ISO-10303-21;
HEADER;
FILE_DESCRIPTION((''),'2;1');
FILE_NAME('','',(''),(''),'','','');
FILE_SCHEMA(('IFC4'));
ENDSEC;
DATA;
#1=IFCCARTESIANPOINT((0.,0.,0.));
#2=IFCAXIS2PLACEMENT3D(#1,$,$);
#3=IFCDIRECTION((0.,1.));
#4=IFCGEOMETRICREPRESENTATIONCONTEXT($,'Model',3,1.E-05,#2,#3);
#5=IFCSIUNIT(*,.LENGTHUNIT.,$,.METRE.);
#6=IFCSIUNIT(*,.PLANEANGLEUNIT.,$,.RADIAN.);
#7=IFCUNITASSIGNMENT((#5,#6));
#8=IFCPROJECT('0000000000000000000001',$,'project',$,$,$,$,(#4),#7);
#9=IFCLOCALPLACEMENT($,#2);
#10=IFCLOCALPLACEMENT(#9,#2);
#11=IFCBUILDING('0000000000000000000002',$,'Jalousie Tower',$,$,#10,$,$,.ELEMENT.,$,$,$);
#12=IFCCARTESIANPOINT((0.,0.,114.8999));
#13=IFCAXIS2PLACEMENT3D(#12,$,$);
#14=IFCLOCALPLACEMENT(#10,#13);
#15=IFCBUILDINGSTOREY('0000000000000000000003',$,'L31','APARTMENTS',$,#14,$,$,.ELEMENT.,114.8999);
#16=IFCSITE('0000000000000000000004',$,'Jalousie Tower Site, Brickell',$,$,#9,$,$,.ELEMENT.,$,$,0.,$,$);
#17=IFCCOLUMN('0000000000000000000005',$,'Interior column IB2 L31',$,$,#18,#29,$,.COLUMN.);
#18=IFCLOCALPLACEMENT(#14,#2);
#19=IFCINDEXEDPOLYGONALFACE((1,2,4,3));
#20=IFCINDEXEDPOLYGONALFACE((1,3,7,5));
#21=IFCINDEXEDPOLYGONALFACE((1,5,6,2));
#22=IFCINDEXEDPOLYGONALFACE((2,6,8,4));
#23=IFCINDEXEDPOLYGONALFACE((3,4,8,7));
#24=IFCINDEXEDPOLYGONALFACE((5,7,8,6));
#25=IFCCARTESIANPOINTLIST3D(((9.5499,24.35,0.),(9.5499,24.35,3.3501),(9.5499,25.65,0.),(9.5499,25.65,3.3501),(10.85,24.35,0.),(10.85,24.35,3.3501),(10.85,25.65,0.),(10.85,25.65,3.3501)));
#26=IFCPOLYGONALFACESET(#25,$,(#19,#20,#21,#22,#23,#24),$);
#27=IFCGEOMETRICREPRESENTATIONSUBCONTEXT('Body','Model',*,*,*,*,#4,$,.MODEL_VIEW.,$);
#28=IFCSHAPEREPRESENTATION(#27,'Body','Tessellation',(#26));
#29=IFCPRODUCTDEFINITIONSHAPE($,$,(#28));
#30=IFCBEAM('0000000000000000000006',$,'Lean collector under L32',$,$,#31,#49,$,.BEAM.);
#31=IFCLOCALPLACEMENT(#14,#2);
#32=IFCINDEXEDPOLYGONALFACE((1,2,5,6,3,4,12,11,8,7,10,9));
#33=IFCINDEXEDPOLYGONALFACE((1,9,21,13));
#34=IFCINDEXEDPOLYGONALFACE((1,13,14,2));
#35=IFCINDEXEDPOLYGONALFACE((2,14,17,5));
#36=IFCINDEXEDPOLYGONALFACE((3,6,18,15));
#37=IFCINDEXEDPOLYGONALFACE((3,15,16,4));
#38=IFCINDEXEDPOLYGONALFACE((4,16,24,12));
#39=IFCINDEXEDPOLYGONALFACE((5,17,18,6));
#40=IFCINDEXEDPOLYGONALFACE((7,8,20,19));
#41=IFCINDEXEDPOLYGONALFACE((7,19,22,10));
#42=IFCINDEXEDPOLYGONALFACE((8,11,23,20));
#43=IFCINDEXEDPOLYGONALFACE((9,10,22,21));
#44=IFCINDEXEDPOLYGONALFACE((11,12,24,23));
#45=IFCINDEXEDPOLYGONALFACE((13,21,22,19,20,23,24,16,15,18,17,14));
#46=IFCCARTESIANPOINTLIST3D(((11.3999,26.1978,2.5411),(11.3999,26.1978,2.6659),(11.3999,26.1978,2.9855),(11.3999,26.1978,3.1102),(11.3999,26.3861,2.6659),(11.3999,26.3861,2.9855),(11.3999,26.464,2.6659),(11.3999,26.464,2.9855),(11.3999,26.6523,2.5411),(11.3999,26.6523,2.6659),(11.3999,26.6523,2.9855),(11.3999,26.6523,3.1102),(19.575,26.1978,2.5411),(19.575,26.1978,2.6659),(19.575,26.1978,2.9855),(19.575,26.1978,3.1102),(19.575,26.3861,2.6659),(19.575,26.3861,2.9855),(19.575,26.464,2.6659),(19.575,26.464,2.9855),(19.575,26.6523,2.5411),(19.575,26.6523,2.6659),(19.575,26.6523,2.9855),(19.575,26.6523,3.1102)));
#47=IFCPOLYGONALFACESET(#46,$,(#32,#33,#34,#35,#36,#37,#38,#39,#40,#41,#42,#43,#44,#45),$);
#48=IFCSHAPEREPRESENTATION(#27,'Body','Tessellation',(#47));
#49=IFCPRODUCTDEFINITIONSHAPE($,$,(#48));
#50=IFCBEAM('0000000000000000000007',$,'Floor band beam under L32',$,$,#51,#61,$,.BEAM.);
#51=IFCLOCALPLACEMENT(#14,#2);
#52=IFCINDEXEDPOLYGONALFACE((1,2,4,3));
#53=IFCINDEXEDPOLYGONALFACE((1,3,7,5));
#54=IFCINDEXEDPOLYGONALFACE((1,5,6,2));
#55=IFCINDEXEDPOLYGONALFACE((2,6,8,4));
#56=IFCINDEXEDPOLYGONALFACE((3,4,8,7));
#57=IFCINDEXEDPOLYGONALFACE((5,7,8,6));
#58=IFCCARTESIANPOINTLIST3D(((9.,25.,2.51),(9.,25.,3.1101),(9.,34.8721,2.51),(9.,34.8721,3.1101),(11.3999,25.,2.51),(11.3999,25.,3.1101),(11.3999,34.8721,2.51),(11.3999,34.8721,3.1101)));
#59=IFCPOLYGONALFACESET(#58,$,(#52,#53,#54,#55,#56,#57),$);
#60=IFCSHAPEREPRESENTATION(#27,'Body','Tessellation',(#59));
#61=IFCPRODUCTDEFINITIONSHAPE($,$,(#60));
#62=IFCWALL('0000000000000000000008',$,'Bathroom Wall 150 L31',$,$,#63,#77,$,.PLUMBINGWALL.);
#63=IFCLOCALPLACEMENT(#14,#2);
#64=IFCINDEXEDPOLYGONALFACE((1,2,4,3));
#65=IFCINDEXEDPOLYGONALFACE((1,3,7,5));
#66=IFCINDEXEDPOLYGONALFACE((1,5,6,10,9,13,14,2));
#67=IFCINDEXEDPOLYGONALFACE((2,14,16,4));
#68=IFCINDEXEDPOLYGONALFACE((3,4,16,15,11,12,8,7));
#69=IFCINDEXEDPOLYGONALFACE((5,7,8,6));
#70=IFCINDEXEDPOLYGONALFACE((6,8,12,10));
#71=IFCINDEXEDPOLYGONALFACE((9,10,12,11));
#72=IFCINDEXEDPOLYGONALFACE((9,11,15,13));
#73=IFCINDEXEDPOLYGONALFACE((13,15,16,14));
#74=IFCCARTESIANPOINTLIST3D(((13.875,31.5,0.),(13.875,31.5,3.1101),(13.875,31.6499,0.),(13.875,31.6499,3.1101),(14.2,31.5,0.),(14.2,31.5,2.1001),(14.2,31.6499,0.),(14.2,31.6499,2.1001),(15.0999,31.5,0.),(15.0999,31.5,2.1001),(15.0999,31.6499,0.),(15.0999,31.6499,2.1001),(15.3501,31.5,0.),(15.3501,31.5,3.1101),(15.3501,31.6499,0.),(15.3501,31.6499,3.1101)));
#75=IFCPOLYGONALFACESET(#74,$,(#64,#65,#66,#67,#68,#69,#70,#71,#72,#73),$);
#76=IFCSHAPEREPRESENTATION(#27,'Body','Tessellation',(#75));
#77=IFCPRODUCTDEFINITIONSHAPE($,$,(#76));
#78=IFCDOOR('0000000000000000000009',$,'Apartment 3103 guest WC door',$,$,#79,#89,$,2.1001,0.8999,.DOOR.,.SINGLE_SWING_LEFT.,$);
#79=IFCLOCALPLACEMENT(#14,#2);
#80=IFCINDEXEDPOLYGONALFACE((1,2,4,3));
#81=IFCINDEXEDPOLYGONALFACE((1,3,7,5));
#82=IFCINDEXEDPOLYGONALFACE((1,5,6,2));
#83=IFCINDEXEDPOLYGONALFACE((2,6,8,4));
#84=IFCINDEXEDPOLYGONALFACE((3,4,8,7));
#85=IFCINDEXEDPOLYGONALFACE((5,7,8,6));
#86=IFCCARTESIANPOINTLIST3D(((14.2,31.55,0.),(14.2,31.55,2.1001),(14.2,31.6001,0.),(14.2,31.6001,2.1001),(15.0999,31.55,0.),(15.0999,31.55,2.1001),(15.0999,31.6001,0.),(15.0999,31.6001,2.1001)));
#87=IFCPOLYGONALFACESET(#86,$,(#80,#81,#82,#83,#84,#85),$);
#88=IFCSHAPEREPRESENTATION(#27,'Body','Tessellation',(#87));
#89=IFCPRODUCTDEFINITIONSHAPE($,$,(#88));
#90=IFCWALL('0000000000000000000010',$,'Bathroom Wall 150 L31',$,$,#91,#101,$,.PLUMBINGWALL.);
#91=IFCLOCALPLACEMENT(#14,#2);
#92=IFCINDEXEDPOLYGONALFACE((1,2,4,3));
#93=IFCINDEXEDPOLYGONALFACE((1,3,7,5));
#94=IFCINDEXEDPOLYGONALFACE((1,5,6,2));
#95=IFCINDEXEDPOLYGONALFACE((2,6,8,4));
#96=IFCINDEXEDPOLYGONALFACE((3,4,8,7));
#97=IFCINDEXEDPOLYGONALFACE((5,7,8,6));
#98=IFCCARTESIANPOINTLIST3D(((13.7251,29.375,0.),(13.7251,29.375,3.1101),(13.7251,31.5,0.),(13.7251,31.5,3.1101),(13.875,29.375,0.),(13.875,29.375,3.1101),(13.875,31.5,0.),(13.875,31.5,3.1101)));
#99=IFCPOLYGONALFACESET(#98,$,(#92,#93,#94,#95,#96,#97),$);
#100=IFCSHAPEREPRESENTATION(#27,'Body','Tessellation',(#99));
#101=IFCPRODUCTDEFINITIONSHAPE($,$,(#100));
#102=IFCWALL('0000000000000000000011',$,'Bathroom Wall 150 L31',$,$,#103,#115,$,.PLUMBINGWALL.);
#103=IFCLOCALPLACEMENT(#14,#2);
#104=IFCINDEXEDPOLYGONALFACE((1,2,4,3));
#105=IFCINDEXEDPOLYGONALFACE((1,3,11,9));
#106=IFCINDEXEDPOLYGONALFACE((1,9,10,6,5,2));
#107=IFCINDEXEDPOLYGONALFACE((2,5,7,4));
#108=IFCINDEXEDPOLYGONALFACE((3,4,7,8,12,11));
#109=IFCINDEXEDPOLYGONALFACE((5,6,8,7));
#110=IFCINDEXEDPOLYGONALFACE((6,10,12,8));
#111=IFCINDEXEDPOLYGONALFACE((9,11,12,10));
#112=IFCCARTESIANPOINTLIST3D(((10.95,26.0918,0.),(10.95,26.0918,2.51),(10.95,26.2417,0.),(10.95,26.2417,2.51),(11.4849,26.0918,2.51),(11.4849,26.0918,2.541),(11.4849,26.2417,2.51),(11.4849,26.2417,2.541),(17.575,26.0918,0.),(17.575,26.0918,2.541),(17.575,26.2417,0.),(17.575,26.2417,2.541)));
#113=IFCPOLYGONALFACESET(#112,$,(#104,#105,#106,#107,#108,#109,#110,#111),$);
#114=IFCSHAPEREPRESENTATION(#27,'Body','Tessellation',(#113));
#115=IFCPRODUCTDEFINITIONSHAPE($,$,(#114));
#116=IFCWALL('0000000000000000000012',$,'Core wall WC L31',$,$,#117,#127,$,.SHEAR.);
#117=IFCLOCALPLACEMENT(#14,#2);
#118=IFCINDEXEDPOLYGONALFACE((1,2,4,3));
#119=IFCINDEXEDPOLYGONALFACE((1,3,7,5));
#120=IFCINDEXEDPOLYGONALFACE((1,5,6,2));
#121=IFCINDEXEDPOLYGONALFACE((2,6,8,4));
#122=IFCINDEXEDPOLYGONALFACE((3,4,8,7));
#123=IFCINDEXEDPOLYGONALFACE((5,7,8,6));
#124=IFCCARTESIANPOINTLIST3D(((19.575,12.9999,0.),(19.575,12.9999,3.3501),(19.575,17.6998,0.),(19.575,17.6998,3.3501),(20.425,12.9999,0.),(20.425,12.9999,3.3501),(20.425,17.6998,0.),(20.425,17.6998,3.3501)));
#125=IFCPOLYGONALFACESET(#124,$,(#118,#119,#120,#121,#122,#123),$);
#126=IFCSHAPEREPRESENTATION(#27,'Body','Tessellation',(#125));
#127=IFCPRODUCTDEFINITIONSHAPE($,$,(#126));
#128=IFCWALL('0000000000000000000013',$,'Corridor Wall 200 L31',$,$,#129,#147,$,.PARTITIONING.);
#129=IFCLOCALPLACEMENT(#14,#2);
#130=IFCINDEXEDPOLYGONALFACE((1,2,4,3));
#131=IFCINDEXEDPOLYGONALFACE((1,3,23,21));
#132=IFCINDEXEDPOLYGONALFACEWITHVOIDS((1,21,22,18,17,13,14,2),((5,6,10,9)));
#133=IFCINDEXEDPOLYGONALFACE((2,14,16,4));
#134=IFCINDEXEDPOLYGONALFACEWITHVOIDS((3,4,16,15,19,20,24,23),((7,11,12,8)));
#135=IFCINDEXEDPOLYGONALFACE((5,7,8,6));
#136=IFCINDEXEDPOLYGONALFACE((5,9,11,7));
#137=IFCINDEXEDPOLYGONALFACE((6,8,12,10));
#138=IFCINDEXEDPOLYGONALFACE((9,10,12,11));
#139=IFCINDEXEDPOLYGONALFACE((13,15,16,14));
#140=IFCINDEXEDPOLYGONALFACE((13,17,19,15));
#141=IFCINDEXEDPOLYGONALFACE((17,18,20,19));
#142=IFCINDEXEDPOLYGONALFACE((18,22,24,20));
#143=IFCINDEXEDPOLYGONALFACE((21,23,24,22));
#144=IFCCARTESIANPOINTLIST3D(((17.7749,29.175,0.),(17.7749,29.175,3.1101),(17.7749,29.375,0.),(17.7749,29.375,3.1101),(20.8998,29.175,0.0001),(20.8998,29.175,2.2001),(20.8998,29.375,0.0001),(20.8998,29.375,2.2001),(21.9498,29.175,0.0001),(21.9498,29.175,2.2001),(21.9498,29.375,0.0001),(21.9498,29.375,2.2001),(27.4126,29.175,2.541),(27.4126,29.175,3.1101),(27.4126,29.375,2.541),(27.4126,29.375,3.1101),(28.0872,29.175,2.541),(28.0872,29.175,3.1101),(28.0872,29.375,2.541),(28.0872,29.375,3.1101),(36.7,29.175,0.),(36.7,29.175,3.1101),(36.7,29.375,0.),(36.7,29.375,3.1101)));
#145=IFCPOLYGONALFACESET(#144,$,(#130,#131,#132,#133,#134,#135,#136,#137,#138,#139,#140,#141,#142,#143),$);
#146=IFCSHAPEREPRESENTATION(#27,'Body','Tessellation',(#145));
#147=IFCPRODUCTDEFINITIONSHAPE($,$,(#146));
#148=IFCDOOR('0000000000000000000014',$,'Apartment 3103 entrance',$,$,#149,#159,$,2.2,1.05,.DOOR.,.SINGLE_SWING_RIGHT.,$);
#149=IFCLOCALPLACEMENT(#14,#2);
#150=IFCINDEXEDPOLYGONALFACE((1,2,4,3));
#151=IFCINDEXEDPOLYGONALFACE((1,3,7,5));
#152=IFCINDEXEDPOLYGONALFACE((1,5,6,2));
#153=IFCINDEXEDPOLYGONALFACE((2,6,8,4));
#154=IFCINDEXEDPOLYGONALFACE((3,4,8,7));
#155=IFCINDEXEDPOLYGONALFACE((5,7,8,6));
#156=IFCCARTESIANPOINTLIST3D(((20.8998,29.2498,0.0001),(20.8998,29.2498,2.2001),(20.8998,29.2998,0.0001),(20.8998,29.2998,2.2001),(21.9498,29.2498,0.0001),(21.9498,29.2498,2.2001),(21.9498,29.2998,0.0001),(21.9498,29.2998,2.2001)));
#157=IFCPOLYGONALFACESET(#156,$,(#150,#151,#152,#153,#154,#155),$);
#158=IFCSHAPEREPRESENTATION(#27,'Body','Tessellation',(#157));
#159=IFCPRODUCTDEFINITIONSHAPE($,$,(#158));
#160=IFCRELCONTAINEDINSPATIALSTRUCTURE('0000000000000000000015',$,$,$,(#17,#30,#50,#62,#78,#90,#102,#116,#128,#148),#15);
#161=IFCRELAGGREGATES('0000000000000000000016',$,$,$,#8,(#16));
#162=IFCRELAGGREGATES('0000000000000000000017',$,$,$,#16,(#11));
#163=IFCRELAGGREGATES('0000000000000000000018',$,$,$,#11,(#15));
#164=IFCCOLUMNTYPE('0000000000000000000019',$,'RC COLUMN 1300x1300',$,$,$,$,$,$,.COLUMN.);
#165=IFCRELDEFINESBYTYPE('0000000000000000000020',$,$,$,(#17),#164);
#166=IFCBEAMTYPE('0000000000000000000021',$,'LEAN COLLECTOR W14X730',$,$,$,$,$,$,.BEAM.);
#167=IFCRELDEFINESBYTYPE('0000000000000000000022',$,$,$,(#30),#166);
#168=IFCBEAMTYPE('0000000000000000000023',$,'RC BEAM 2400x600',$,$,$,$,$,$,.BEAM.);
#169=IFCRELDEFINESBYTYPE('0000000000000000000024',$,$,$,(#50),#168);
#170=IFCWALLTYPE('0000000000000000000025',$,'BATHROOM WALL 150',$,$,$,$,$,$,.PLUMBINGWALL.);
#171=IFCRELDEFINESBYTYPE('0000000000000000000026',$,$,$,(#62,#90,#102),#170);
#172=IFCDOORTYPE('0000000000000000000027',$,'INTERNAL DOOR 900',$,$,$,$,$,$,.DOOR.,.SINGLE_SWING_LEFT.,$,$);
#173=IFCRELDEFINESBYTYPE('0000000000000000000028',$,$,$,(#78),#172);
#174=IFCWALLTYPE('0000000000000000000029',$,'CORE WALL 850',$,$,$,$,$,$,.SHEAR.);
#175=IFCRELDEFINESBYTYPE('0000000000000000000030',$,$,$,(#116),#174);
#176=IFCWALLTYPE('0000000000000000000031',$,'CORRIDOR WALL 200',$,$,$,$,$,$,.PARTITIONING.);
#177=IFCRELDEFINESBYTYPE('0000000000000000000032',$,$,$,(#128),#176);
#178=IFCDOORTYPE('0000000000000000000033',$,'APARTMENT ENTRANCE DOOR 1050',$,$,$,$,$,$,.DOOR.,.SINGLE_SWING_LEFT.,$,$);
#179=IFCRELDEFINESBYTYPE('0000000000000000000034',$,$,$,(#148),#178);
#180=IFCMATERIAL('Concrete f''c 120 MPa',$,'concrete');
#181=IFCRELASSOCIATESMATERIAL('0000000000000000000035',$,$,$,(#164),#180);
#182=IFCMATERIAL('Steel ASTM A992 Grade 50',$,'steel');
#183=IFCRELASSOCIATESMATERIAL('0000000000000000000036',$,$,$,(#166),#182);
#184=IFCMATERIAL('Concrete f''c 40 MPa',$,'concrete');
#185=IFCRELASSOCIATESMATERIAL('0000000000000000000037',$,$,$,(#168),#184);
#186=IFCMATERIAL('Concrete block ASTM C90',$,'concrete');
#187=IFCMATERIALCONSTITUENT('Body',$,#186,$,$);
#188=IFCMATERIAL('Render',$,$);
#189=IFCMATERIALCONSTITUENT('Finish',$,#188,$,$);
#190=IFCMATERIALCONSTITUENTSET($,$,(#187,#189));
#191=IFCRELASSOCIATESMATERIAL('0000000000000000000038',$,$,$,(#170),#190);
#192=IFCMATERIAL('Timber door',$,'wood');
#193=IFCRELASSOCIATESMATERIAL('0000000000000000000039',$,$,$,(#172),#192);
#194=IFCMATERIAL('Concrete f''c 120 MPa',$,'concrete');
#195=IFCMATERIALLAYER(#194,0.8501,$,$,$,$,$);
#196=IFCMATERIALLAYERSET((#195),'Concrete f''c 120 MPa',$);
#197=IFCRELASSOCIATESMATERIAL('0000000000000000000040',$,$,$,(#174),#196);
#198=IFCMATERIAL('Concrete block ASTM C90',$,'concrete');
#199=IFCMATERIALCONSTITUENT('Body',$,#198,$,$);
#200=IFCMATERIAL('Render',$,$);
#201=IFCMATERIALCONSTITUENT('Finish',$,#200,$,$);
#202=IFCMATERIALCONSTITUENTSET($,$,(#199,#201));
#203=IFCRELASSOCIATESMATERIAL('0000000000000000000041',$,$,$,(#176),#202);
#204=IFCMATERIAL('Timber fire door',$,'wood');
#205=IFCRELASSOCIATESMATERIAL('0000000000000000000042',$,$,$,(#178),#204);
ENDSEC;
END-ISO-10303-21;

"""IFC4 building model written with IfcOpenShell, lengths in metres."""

from ifc_helpers import new_model, si_unit, direction, frame, frame_2d, origin, origin_2d, place, context, subcontext, project, spatial, polyline, rectangle, i_section, outline, extrude, material, layer, layer_set, constituent, constituent_set, material_profile, profile_set, type_object, element, fill, save


model = new_model("IFC4")

# Units and contexts
model_context = context("Model", 3, precision=1e-05, world=origin(), true_north=direction((0.0, 1.0)))
body_context = subcontext(model_context, "Body", "Model", "MODEL_VIEW")
ifc_project = project(units=[si_unit("LENGTHUNIT", "METRE"), si_unit("PLANEANGLEUNIT", "RADIAN")], contexts=[model_context])

# Site, building, storey
site_placement = place(None, origin())
site = spatial("IfcSite", under=ifc_project, at=site_placement, Name="Jalousie Tower Site, Brickell", CompositionType="ELEMENT", RefElevation=0.0)
building_placement = place(site_placement, origin())
building = spatial("IfcBuilding", under=site, at=building_placement, Name="Jalousie Tower", CompositionType="ELEMENT")
storey_placement = place(building_placement, frame((0.0, 0.0, 114.8999)))
storey = spatial("IfcBuildingStorey", under=building, at=storey_placement, Name="L31", Description="APARTMENTS", CompositionType="ELEMENT", Elevation=114.8999)

# Column
ifc_material_1 = material(Name="Concrete f'c 120 MPa", Category="concrete")
ifc_material_profile_1 = material_profile(ifc_material_1, rectangle(XDim=1.3, YDim=1.3, at=origin_2d()), Name="RC 1300x1300")
ifc_profile_set_1 = profile_set([ifc_material_profile_1], Name="Concrete f'c 120 MPa")
column_type = type_object("IfcColumnType", Name="RC COLUMN 1300x1300", PredefinedType="COLUMN", material=ifc_profile_set_1)
column_placement = place(storey_placement, frame((10.2, 25.0, 0.0), z_axis=(0.0, 0.0, 1.0), x_axis=(1.0, 0.0, 0.0)))
element("IfcColumn", 1, at=column_placement, inside=storey, type_object=column_type, Name="Interior column IB2 L31", PredefinedType="COLUMN", context=body_context, shape_type="SweptSolid", body=[
    extrude(rectangle(XDim=1.3, YDim=1.3, at=origin_2d()), origin(), (0.0, 0.0, 1.0), 3.3501),
])

# Beams
ifc_material_2 = material(Name="Steel ASTM A992 Grade 50", Category="steel")
ifc_material_profile_2 = material_profile(ifc_material_2, i_section(OverallWidth=0.4546, OverallDepth=0.5691, WebThickness=0.0779, FlangeThickness=0.1248, at=origin_2d()), Name="W14X730")
ifc_profile_set_2 = profile_set([ifc_material_profile_2], Name="Steel ASTM A992 Grade 50")
beam_type_1 = type_object("IfcBeamType", Name="LEAN COLLECTOR W14X730", PredefinedType="BEAM", material=ifc_profile_set_2)
beam_1_placement = place(storey_placement, frame((11.3999, 26.425, 2.8257), z_axis=(1.0, 0.0, 0.0), x_axis=(0.0, 1.0, 0.0)))
element("IfcBeam", 2, at=beam_1_placement, inside=storey, type_object=beam_type_1, Name="Lean collector under L32", PredefinedType="BEAM", context=body_context, shape_type="SweptSolid", body=[
    extrude(i_section(OverallWidth=0.4546, OverallDepth=0.5691, WebThickness=0.0779, FlangeThickness=0.1248, at=origin_2d()), origin(), (0.0, 0.0, 1.0), 8.175),
])
ifc_material_3 = material(Name="Concrete f'c 40 MPa", Category="concrete")
ifc_material_profile_3 = material_profile(ifc_material_3, rectangle(XDim=2.3999, YDim=0.6001, at=origin_2d()), Name="RC 2400x600")
ifc_profile_set_3 = profile_set([ifc_material_profile_3], Name="Concrete f'c 40 MPa")
beam_type_2 = type_object("IfcBeamType", Name="RC BEAM 2400x600", PredefinedType="BEAM", material=ifc_profile_set_3)
beam_2_placement = place(storey_placement, frame((10.2, 25.0, 2.8101), z_axis=(0.0, 1.0, 0.0), x_axis=(-1.0, 0.0, 0.0)))
element("IfcBeam", 3, at=beam_2_placement, inside=storey, type_object=beam_type_2, Name="Floor band beam under L32", PredefinedType="BEAM", context=body_context, shape_type="SweptSolid", body=[
    extrude(rectangle(XDim=2.3999, YDim=0.6001, at=origin_2d()), origin(), (0.0, 0.0, 1.0), 9.8721),
])

# Wall, opening, door
ifc_material_4 = material(Name="Concrete block ASTM C90", Category="concrete")
ifc_constituent_1 = constituent(ifc_material_4, Name="Body")
ifc_material_5 = material(Name="Render")
ifc_constituent_2 = constituent(ifc_material_5, Name="Finish")
ifc_constituent_set_1 = constituent_set(constituents=[ifc_constituent_1, ifc_constituent_2])
wall_type_1 = type_object("IfcWallType", Name="BATHROOM WALL 150", PredefinedType="PLUMBINGWALL", material=ifc_constituent_set_1)
wall_1_placement = place(storey_placement, frame((13.875, 31.575, 0.0), z_axis=(0.0, 0.0, 1.0), x_axis=(1.0, 0.0, 0.0)))
wall_1 = element("IfcWall", 4, at=wall_1_placement, inside=storey, type_object=wall_type_1, Name="Bathroom Wall 150 L31", PredefinedType="PLUMBINGWALL", context=body_context, shape_type="SweptSolid", body=[
    extrude(rectangle(XDim=1.4751, YDim=0.1499, at=frame_2d((0.7375, 0.0))), origin(), (0.0, 0.0, 1.0), 3.1101),
])
opening_1_placement = place(wall_1_placement, frame((0.325, 0.0, 0.0)))
opening_1 = element("IfcOpeningElement", 5, at=opening_1_placement, cuts=wall_1, PredefinedType="OPENING", context=body_context, shape_type="SweptSolid", body=[
    extrude(rectangle(XDim=0.8999, YDim=2.1001, at=frame_2d((0.45, 1.05))), frame((0.0, 0.085, 0.0), z_axis=(0.0, -1.0, 0.0), x_axis=(1.0, 0.0, 0.0)), (0.0, 0.0, 1.0), 0.1699),
])
ifc_material_6 = material(Name="Timber door", Category="wood")
door_type_1 = type_object("IfcDoorType", Name="INTERNAL DOOR 900", OperationType="SINGLE_SWING_LEFT", PredefinedType="DOOR", material=ifc_material_6)
door_1_placement = place(opening_1_placement, frame((0.8999, 0.0, 0.0), z_axis=(0.0, 0.0, 1.0), x_axis=(-1.0, 0.0, 0.0)))
door_1 = element("IfcDoor", 6, at=door_1_placement, inside=storey, type_object=door_type_1, Name="Apartment 3103 guest WC door", OperationType="SINGLE_SWING_LEFT", OverallHeight=2.1001, OverallWidth=0.8999, PredefinedType="DOOR", context=body_context, shape_type="SweptSolid", body=[
    extrude(rectangle(XDim=0.8999, YDim=2.1001, at=frame_2d((0.45, 1.05))), frame((0.0, 0.0249, 0.0), z_axis=(0.0, -1.0, 0.0), x_axis=(1.0, 0.0, 0.0)), (0.0, 0.0, 1.0), 0.05),
])
fill(opening_1, door_1)

# Walls
wall_2_placement = place(storey_placement, frame((13.8, 31.5, 0.0), z_axis=(0.0, 0.0, 1.0), x_axis=(0.0, -1.0, 0.0)))
element("IfcWall", 7, at=wall_2_placement, inside=storey, type_object=wall_type_1, Name="Bathroom Wall 150 L31", PredefinedType="PLUMBINGWALL", context=body_context, shape_type="SweptSolid", body=[
    extrude(rectangle(XDim=2.125, YDim=0.1499, at=frame_2d((1.0625, 0.0))), origin(), (0.0, 0.0, 1.0), 3.1101),
])
wall_3_placement = place(storey_placement, frame((10.95, 26.1667, 0.0), z_axis=(0.0, 0.0, 1.0), x_axis=(1.0, 0.0, 0.0)))
element("IfcWall", 8, at=wall_3_placement, inside=storey, type_object=wall_type_1, Name="Bathroom Wall 150 L31", PredefinedType="PLUMBINGWALL", context=body_context, shape_type="SweptSolid", body=[
    extrude(outline(polyline([(0.0, 0.0), (6.625, 0.0), (6.625, 3.1101), (6.625, 2.541), (0.5349, 2.541), (0.5349, 2.51), (0.0, 2.51), (0.0, 3.1101), (0.0, 0.0)])), frame((0.0, 0.075, 0.0), z_axis=(0.0, -1.0, 0.0), x_axis=(1.0, 0.0, 0.0)), (0.0, 0.0, 1.0), 0.1499),
])
ifc_material_7 = material(Name="Concrete f'c 120 MPa", Category="concrete")
ifc_layer = layer(ifc_material_7, 0.8501)
ifc_layer_set = layer_set([ifc_layer], Name="Concrete f'c 120 MPa")
wall_type_2 = type_object("IfcWallType", Name="CORE WALL 850", PredefinedType="SHEAR", material=ifc_layer_set)
wall_4_placement = place(storey_placement, frame((20.0, 17.7, 0.0), z_axis=(0.0, 0.0, 1.0), x_axis=(0.0, -1.0, 0.0)))
element("IfcWall", 9, at=wall_4_placement, inside=storey, type_object=wall_type_2, Name="Core wall WC L31", PredefinedType="SHEAR", context=body_context, shape_type="SweptSolid", body=[
    extrude(rectangle(XDim=4.7, YDim=0.8501, at=frame_2d((2.3501, 0.0))), origin(), (0.0, 0.0, 1.0), 3.3501),
])

# Wall, opening, door
ifc_material_8 = material(Name="Concrete block ASTM C90", Category="concrete")
ifc_constituent_3 = constituent(ifc_material_8, Name="Body")
ifc_material_9 = material(Name="Render")
ifc_constituent_4 = constituent(ifc_material_9, Name="Finish")
ifc_constituent_set_2 = constituent_set(constituents=[ifc_constituent_3, ifc_constituent_4])
wall_type_3 = type_object("IfcWallType", Name="CORRIDOR WALL 200", PredefinedType="PARTITIONING", material=ifc_constituent_set_2)
wall_5_placement = place(storey_placement, frame((17.7749, 29.2749, 0.0), z_axis=(0.0, 0.0, 1.0), x_axis=(1.0, 0.0, 0.0)))
wall_5 = element("IfcWall", 10, at=wall_5_placement, inside=storey, type_object=wall_type_3, Name="Corridor Wall 200 L31", PredefinedType="PARTITIONING", context=body_context, shape_type="SweptSolid", body=[
    extrude(outline(polyline([(0.0, 0.0), (18.925, 0.0), (18.925, 3.1101), (10.3123, 3.1101), (10.3123, 2.541), (9.6377, 2.541), (9.6377, 3.1101), (0.0, 3.1101), (0.0, 0.0)])), frame((0.0, 0.1001, 0.0), z_axis=(0.0, -1.0, 0.0), x_axis=(1.0, 0.0, 0.0)), (0.0, 0.0, 1.0), 0.2),
])
opening_2_placement = place(wall_5_placement, frame((3.125, 0.0, 0.0)))
opening_2 = element("IfcOpeningElement", 11, at=opening_2_placement, cuts=wall_5, PredefinedType="OPENING", context=body_context, shape_type="SweptSolid", body=[
    extrude(rectangle(XDim=1.05, YDim=2.2, at=frame_2d((0.5249, 1.1001))), frame((0.0, 0.1099, 0.0), z_axis=(0.0, -1.0, 0.0), x_axis=(1.0, 0.0, 0.0)), (0.0, 0.0, 1.0), 0.22),
])
ifc_material_10 = material(Name="Timber fire door", Category="wood")
door_type_2 = type_object("IfcDoorType", Name="APARTMENT ENTRANCE DOOR 1050", OperationType="SINGLE_SWING_LEFT", PredefinedType="DOOR", material=ifc_material_10)
door_2_placement = place(opening_2_placement, origin())
door_2 = element("IfcDoor", 12, at=door_2_placement, inside=storey, type_object=door_type_2, Name="Apartment 3103 entrance", OperationType="SINGLE_SWING_RIGHT", OverallHeight=2.2, OverallWidth=1.05, PredefinedType="DOOR", context=body_context, shape_type="SweptSolid", body=[
    extrude(rectangle(XDim=1.05, YDim=2.2, at=frame_2d((0.5249, 1.1001))), frame((0.0, 0.0249, 0.0), z_axis=(0.0, -1.0, 0.0), x_axis=(1.0, 0.0, 0.0)), (0.0, 0.0, 1.0), 0.05),
])
fill(opening_2, door_2)

save(model, "model.ifc")
